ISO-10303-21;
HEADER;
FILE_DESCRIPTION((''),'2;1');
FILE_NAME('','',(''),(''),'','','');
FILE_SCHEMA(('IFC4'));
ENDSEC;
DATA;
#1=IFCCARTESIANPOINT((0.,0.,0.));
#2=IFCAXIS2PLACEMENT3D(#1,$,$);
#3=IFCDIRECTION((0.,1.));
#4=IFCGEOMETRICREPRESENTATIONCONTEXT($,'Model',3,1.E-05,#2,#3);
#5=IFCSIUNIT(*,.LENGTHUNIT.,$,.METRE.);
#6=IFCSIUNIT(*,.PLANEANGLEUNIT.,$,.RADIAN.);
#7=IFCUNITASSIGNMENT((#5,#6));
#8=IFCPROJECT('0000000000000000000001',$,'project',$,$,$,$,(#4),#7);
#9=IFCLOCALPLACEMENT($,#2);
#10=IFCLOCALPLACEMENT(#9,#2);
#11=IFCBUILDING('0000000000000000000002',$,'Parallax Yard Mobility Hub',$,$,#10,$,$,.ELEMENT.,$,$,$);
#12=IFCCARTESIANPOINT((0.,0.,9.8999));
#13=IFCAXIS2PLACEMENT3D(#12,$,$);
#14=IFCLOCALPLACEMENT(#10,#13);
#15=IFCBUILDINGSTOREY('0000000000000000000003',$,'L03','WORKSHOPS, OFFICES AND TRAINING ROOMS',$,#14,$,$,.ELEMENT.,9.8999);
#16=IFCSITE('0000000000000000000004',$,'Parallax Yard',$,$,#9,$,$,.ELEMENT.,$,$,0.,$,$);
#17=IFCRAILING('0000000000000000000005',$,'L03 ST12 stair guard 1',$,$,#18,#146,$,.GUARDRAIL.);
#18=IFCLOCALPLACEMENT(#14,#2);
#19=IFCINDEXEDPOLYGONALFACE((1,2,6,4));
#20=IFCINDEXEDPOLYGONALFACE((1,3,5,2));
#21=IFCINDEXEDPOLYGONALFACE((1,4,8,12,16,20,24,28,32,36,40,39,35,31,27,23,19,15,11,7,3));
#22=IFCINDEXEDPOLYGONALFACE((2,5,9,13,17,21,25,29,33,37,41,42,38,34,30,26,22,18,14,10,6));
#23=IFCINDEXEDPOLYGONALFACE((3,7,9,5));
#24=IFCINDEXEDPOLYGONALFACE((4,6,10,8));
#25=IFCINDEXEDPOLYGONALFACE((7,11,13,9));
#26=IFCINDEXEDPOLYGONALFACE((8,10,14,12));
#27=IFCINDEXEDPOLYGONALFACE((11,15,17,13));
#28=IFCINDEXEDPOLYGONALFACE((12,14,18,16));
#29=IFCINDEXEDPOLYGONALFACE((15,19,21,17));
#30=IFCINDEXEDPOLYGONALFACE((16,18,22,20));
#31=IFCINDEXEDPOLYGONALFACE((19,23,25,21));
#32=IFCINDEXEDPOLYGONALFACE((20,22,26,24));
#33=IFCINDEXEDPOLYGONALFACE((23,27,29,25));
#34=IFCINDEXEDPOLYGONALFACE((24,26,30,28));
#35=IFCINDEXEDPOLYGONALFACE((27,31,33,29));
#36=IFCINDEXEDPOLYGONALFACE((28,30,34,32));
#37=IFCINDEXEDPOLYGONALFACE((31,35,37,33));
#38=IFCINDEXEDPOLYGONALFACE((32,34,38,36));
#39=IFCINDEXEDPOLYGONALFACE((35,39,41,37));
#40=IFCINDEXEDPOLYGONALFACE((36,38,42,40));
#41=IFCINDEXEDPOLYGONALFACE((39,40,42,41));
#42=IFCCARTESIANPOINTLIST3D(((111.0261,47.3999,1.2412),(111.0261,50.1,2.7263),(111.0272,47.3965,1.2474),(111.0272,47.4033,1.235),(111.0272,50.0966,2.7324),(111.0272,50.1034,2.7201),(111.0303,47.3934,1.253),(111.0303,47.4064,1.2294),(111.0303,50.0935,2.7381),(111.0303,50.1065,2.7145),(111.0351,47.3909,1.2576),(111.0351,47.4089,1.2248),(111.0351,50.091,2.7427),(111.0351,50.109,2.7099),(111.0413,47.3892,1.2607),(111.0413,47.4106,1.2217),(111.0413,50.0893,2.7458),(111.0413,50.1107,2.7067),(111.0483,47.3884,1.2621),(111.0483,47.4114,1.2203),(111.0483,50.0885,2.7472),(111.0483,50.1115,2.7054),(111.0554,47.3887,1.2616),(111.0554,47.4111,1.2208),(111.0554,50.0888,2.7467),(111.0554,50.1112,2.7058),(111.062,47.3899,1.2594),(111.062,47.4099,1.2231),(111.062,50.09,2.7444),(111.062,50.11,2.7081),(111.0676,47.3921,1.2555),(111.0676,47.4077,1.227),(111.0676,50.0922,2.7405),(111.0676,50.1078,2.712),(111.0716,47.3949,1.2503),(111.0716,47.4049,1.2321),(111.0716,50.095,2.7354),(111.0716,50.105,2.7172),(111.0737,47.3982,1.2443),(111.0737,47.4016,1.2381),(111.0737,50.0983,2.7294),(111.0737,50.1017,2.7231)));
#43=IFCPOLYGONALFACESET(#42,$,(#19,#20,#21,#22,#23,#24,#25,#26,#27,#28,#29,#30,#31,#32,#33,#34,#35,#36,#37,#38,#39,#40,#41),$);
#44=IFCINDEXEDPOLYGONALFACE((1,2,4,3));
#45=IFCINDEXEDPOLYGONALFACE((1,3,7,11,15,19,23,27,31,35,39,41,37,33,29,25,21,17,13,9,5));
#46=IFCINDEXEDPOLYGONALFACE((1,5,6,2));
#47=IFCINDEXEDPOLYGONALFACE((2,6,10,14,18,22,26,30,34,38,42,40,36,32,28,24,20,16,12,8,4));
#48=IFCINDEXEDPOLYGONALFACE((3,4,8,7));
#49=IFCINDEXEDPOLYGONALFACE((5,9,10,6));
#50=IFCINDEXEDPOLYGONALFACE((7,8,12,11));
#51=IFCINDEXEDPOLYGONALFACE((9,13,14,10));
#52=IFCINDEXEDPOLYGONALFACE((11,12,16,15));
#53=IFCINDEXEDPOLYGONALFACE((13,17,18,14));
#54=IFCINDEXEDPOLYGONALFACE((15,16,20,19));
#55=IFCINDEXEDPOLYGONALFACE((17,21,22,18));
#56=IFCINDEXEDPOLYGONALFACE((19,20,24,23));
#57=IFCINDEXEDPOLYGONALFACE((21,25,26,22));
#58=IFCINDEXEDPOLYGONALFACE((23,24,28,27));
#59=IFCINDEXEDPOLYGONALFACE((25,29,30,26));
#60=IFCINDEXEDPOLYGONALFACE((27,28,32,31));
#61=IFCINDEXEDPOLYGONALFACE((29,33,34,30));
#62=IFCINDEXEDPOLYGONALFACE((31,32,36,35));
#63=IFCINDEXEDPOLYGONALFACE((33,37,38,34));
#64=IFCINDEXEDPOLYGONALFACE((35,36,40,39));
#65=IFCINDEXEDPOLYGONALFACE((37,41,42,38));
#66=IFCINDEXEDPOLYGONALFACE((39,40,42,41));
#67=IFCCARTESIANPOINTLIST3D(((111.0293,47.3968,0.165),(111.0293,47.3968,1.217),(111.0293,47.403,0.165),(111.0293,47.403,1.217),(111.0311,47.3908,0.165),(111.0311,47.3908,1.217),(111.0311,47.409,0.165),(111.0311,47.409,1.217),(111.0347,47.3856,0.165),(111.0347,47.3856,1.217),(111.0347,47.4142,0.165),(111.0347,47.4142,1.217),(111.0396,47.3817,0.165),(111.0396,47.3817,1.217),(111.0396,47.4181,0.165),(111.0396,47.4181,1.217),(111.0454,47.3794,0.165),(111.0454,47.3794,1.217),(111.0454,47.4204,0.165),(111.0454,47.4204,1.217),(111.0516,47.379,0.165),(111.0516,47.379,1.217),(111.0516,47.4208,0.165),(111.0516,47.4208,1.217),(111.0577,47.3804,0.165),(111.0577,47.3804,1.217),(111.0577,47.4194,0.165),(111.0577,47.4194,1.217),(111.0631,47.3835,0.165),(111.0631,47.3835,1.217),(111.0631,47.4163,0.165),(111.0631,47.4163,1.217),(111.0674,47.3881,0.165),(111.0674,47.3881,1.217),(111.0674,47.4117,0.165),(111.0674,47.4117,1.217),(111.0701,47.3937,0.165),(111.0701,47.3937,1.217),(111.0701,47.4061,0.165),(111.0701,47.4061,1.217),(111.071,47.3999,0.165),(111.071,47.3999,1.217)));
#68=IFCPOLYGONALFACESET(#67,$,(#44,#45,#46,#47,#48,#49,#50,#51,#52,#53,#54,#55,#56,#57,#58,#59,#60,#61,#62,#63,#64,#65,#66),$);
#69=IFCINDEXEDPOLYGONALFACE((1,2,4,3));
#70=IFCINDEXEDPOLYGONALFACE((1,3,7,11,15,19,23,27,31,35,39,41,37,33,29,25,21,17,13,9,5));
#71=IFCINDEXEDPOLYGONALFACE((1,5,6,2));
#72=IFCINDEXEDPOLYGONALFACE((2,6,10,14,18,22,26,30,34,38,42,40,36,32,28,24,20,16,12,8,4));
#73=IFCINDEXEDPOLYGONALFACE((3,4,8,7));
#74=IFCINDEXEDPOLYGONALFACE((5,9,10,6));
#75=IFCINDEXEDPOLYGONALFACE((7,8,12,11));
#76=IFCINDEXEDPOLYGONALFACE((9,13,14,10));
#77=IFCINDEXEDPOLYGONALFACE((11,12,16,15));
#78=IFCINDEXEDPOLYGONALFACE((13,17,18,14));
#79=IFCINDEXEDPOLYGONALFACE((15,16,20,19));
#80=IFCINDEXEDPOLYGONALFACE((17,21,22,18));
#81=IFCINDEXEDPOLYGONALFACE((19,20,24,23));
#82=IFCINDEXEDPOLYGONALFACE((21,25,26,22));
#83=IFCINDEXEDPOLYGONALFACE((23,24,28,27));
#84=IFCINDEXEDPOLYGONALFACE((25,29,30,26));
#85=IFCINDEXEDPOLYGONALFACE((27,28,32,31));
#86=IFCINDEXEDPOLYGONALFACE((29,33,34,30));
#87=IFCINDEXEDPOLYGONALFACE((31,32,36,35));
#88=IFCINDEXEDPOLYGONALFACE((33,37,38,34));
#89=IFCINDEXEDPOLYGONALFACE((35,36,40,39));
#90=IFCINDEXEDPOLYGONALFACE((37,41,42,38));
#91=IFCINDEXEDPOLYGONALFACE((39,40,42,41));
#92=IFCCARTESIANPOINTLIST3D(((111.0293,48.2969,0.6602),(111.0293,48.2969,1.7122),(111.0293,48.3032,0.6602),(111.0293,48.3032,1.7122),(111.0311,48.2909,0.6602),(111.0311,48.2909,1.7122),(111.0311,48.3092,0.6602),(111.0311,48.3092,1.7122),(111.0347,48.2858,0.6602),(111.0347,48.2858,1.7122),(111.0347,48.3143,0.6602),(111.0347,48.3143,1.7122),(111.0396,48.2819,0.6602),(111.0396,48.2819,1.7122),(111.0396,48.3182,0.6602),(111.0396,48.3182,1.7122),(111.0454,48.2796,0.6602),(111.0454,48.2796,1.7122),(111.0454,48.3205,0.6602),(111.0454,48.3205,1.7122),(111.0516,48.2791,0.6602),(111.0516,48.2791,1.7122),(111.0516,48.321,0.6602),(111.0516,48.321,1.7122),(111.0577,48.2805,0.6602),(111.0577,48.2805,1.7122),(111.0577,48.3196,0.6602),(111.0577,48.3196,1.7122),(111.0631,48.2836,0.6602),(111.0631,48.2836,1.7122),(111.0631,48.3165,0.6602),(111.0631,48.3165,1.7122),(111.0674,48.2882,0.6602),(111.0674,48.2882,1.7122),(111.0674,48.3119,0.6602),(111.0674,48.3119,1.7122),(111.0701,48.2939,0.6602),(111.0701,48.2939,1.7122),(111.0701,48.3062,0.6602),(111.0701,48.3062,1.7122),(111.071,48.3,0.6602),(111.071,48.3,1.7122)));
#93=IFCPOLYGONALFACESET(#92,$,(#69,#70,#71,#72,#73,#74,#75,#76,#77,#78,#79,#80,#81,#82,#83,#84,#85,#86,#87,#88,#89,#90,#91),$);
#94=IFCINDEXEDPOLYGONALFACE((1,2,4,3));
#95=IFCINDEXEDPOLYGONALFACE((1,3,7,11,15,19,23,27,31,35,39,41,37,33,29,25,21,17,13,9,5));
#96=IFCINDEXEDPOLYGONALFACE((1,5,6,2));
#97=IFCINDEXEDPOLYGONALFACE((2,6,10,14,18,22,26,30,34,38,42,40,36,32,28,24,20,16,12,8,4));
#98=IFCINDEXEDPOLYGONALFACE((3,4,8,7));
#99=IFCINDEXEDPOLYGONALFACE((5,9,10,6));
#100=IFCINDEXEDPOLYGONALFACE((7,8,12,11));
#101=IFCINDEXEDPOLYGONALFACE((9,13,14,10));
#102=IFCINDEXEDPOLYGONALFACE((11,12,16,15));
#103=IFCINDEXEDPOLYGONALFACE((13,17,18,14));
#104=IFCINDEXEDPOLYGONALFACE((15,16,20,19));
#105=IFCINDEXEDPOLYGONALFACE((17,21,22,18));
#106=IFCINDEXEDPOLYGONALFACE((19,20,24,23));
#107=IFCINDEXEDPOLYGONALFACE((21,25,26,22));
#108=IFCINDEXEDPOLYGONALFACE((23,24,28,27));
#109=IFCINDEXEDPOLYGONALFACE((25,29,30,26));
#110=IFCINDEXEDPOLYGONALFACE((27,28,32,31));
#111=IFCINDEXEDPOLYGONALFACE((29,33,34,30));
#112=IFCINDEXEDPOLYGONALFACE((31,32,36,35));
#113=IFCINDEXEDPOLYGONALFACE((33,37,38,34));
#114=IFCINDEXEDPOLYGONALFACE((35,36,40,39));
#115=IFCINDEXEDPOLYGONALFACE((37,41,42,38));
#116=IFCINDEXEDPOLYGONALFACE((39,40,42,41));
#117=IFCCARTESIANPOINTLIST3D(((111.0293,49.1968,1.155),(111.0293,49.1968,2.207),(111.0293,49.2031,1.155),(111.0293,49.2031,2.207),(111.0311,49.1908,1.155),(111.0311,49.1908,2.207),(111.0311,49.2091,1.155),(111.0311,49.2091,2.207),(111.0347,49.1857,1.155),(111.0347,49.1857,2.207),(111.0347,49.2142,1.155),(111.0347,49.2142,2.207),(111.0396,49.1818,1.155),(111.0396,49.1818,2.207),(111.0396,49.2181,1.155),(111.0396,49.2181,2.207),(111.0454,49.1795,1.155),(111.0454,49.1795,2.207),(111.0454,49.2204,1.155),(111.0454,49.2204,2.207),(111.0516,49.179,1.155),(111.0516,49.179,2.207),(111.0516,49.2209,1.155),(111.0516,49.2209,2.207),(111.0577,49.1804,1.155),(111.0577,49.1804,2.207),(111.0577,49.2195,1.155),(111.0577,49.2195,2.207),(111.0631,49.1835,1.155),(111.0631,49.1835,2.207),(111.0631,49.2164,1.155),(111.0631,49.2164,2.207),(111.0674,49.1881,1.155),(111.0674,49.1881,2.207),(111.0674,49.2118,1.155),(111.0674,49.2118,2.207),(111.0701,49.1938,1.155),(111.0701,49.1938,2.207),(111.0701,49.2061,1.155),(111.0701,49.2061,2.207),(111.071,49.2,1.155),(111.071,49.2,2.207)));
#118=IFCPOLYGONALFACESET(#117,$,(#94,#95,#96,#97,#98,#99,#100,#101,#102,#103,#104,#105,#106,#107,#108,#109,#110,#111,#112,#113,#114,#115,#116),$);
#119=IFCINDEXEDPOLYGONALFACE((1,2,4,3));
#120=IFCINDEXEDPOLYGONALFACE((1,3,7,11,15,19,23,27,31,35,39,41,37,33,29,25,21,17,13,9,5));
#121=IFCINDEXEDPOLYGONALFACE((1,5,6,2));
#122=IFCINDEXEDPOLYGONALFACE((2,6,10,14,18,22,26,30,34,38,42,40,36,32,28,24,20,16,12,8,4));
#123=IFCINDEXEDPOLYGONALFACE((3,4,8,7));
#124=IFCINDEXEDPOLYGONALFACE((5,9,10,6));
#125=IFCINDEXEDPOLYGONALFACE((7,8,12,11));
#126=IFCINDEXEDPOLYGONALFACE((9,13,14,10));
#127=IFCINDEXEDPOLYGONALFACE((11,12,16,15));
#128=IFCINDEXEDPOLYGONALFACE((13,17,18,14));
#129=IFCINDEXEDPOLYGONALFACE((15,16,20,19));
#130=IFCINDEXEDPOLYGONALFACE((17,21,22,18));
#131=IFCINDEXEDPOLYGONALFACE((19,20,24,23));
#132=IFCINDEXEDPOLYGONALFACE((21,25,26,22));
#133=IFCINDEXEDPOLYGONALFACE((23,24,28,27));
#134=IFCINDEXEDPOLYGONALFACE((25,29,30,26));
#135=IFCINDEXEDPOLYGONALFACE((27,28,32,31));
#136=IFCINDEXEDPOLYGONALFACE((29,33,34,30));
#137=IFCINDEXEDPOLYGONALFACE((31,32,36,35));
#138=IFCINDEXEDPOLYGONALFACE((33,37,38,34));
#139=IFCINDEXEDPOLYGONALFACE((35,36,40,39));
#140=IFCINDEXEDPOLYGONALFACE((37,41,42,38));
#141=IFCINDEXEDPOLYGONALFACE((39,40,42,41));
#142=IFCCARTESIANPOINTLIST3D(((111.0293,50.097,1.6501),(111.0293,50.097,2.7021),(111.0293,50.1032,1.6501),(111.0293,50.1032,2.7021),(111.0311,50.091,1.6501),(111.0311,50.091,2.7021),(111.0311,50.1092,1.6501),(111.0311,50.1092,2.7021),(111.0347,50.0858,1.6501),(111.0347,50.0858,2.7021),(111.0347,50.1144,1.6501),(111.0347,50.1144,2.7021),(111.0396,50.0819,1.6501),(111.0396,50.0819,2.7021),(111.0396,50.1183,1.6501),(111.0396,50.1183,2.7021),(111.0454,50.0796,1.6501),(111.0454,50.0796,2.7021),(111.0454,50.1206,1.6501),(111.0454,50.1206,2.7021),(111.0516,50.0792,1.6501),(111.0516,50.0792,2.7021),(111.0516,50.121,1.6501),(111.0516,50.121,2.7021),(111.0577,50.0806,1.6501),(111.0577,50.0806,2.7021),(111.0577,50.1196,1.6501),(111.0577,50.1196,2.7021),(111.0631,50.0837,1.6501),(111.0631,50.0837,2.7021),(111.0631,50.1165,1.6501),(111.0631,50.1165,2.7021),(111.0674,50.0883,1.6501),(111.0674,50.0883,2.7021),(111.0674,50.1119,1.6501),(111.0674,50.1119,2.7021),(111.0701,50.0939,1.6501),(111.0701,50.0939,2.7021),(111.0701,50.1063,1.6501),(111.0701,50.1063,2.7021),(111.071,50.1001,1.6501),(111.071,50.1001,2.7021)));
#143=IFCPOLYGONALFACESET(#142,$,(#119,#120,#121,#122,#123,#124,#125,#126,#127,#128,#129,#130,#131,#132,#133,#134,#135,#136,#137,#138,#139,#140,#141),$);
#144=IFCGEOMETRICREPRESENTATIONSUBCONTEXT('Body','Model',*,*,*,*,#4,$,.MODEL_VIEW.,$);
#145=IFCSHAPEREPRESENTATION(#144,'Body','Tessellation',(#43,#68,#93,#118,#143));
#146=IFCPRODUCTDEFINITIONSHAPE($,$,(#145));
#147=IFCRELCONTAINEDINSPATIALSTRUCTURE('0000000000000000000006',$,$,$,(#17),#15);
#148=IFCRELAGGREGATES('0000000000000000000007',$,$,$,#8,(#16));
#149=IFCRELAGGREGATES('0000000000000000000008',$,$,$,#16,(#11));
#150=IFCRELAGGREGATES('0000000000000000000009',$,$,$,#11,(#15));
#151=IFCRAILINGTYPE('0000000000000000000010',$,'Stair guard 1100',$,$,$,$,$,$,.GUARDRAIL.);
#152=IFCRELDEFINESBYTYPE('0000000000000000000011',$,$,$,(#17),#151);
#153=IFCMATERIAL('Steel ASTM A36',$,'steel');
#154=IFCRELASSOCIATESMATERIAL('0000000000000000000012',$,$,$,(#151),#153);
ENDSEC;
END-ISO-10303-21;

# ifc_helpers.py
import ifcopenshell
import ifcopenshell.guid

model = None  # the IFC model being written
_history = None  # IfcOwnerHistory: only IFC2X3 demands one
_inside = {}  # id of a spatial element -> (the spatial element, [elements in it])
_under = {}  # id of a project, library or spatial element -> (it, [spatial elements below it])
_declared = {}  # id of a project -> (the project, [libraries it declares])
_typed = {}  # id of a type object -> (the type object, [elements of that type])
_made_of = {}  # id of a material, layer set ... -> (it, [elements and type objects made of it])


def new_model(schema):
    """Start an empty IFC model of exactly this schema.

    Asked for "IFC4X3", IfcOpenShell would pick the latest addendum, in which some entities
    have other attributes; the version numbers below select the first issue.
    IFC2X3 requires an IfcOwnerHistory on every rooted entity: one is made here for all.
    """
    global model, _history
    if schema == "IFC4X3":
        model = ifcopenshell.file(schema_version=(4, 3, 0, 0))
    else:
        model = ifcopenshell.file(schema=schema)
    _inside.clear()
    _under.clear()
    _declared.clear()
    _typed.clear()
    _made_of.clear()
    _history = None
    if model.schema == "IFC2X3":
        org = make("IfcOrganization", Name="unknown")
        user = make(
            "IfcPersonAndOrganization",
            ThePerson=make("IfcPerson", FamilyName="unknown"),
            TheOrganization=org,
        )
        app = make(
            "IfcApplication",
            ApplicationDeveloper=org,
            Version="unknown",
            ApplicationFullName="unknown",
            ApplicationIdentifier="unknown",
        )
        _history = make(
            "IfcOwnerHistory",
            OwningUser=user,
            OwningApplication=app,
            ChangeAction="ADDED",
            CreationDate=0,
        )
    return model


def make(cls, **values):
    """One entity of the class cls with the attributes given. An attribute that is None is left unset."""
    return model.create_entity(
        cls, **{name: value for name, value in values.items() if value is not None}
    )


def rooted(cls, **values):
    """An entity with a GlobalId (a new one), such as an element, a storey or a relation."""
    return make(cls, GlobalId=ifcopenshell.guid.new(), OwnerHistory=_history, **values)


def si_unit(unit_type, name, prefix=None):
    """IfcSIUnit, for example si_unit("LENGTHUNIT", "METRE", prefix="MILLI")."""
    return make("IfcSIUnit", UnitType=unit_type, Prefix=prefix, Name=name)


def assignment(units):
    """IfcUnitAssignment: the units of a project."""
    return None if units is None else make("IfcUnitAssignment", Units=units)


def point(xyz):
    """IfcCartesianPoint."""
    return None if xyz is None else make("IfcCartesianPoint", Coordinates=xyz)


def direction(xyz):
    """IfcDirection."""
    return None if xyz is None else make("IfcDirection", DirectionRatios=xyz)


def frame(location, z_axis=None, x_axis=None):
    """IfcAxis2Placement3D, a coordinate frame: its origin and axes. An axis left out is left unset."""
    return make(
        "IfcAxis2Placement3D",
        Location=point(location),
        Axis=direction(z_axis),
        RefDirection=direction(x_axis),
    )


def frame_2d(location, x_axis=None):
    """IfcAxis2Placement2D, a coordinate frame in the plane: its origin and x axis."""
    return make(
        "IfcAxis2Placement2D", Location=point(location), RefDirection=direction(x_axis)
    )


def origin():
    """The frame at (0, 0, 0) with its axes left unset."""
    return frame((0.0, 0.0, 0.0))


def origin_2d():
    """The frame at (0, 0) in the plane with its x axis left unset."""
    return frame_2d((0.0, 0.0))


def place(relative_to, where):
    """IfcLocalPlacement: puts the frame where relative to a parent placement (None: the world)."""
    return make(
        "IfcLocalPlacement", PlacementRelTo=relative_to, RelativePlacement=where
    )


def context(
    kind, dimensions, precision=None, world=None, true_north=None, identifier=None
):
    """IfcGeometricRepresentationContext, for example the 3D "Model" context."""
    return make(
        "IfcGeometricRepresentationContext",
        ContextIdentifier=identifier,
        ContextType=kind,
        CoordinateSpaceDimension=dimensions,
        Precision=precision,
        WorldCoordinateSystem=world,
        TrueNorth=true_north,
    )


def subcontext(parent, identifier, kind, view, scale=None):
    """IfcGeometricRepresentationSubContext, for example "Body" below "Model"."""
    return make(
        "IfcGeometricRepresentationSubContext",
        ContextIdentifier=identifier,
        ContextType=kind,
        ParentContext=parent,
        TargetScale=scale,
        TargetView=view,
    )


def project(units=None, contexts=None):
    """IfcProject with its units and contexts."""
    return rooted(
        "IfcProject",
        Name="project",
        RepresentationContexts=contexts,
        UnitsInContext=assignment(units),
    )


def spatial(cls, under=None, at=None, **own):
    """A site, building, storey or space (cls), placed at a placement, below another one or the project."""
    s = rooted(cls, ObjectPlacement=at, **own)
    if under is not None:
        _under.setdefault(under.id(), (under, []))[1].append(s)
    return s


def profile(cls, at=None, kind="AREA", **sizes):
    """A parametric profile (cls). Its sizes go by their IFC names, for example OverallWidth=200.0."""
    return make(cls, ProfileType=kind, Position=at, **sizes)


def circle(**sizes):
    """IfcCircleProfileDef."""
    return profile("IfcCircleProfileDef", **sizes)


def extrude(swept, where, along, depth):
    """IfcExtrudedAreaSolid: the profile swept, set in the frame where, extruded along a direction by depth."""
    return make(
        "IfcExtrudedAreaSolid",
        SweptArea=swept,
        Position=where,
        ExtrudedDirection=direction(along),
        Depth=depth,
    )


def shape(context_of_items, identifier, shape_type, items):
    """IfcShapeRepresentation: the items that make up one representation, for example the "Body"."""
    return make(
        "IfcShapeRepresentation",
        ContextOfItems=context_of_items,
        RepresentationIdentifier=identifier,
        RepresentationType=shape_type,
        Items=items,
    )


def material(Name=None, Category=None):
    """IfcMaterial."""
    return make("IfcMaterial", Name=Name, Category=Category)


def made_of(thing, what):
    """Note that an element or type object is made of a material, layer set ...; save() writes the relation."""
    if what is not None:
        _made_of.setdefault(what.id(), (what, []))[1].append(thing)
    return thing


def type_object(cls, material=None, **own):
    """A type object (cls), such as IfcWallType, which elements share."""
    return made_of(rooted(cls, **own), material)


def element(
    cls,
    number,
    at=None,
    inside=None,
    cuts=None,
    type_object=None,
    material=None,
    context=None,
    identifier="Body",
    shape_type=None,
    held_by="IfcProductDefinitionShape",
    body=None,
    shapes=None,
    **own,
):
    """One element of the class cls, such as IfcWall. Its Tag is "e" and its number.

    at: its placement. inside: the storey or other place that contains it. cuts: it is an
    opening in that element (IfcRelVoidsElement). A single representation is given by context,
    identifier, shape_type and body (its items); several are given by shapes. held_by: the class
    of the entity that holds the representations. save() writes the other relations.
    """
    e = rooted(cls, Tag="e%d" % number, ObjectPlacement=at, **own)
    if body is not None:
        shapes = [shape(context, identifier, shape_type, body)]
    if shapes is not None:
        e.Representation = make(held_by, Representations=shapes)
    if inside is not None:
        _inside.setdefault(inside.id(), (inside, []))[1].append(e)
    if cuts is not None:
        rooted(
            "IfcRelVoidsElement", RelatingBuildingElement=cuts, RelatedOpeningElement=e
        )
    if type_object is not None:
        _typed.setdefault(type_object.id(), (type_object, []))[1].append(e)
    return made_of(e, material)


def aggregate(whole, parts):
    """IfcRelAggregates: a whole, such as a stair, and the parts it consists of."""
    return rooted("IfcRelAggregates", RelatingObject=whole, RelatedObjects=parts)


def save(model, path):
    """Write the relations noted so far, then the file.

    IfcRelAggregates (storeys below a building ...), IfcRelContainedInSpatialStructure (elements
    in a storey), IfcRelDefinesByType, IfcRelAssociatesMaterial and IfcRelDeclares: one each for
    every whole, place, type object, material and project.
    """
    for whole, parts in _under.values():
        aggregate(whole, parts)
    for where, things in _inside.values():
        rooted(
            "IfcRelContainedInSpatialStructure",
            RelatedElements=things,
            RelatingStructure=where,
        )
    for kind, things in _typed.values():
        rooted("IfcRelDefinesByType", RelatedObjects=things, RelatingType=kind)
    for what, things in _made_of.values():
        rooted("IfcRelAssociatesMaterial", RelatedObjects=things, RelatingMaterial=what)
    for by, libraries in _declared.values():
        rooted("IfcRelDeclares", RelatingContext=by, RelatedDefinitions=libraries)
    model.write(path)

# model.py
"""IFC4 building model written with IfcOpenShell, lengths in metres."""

from ifc_helpers import new_model, si_unit, direction, frame, origin, origin_2d, place, context, subcontext, project, spatial, circle, extrude, material, type_object, element, save


model = new_model("IFC4")

# Units and contexts
model_context = context("Model", 3, precision=1e-05, world=origin(), true_north=direction((0.0, 1.0)))
body_context = subcontext(model_context, "Body", "Model", "MODEL_VIEW")
ifc_project = project(units=[si_unit("LENGTHUNIT", "METRE"), si_unit("PLANEANGLEUNIT", "RADIAN")], contexts=[model_context])

# Site, building, storey
site_placement = place(None, origin())
site = spatial("IfcSite", under=ifc_project, at=site_placement, Name="Parallax Yard", CompositionType="ELEMENT", RefElevation=0.0)
building_placement = place(site_placement, origin())
building = spatial("IfcBuilding", under=site, at=building_placement, Name="Parallax Yard Mobility Hub", CompositionType="ELEMENT")
storey_placement = place(building_placement, frame((0.0, 0.0, 9.8999)))
storey = spatial("IfcBuildingStorey", under=building, at=storey_placement, Name="L03", Description="WORKSHOPS, OFFICES AND TRAINING ROOMS", CompositionType="ELEMENT", Elevation=9.8999)

# Railing
ifc_material_1 = material(Name="Steel ASTM A36", Category="steel")
railing_type_1 = type_object("IfcRailingType", Name="Stair guard 1100", PredefinedType="GUARDRAIL", material=ifc_material_1)
railing_1_placement = place(storey_placement, frame((111.05, 47.3999, 0.165)))
element("IfcRailing", 1, at=railing_1_placement, inside=storey, type_object=railing_type_1, Name="L03 ST12 stair guard 1", PredefinedType="GUARDRAIL", context=body_context, shape_type="SweptSolid", body=[
    extrude(circle(Radius=0.0239, at=origin_2d()), frame((0.0, 0.0, 1.0762), z_axis=(0.0, 0.876216, 0.481919), x_axis=(-1.0, 0.0, 0.0)), (0.0, 0.0, 1.0), 3.0815),
    extrude(circle(Radius=0.021, at=origin_2d()), origin(), (0.0, 0.0, 1.0), 1.052),
    extrude(circle(Radius=0.021, at=origin_2d()), frame((0.0, 0.9001, 0.4951)), (0.0, 0.0, 1.0), 1.052),
    extrude(circle(Radius=0.021, at=origin_2d()), frame((0.0, 1.8, 0.99)), (0.0, 0.0, 1.0), 1.052),
    extrude(circle(Radius=0.021, at=origin_2d()), frame((0.0, 2.7002, 1.4851)), (0.0, 0.0, 1.0), 1.052),
])

save(model, "model.ifc")
